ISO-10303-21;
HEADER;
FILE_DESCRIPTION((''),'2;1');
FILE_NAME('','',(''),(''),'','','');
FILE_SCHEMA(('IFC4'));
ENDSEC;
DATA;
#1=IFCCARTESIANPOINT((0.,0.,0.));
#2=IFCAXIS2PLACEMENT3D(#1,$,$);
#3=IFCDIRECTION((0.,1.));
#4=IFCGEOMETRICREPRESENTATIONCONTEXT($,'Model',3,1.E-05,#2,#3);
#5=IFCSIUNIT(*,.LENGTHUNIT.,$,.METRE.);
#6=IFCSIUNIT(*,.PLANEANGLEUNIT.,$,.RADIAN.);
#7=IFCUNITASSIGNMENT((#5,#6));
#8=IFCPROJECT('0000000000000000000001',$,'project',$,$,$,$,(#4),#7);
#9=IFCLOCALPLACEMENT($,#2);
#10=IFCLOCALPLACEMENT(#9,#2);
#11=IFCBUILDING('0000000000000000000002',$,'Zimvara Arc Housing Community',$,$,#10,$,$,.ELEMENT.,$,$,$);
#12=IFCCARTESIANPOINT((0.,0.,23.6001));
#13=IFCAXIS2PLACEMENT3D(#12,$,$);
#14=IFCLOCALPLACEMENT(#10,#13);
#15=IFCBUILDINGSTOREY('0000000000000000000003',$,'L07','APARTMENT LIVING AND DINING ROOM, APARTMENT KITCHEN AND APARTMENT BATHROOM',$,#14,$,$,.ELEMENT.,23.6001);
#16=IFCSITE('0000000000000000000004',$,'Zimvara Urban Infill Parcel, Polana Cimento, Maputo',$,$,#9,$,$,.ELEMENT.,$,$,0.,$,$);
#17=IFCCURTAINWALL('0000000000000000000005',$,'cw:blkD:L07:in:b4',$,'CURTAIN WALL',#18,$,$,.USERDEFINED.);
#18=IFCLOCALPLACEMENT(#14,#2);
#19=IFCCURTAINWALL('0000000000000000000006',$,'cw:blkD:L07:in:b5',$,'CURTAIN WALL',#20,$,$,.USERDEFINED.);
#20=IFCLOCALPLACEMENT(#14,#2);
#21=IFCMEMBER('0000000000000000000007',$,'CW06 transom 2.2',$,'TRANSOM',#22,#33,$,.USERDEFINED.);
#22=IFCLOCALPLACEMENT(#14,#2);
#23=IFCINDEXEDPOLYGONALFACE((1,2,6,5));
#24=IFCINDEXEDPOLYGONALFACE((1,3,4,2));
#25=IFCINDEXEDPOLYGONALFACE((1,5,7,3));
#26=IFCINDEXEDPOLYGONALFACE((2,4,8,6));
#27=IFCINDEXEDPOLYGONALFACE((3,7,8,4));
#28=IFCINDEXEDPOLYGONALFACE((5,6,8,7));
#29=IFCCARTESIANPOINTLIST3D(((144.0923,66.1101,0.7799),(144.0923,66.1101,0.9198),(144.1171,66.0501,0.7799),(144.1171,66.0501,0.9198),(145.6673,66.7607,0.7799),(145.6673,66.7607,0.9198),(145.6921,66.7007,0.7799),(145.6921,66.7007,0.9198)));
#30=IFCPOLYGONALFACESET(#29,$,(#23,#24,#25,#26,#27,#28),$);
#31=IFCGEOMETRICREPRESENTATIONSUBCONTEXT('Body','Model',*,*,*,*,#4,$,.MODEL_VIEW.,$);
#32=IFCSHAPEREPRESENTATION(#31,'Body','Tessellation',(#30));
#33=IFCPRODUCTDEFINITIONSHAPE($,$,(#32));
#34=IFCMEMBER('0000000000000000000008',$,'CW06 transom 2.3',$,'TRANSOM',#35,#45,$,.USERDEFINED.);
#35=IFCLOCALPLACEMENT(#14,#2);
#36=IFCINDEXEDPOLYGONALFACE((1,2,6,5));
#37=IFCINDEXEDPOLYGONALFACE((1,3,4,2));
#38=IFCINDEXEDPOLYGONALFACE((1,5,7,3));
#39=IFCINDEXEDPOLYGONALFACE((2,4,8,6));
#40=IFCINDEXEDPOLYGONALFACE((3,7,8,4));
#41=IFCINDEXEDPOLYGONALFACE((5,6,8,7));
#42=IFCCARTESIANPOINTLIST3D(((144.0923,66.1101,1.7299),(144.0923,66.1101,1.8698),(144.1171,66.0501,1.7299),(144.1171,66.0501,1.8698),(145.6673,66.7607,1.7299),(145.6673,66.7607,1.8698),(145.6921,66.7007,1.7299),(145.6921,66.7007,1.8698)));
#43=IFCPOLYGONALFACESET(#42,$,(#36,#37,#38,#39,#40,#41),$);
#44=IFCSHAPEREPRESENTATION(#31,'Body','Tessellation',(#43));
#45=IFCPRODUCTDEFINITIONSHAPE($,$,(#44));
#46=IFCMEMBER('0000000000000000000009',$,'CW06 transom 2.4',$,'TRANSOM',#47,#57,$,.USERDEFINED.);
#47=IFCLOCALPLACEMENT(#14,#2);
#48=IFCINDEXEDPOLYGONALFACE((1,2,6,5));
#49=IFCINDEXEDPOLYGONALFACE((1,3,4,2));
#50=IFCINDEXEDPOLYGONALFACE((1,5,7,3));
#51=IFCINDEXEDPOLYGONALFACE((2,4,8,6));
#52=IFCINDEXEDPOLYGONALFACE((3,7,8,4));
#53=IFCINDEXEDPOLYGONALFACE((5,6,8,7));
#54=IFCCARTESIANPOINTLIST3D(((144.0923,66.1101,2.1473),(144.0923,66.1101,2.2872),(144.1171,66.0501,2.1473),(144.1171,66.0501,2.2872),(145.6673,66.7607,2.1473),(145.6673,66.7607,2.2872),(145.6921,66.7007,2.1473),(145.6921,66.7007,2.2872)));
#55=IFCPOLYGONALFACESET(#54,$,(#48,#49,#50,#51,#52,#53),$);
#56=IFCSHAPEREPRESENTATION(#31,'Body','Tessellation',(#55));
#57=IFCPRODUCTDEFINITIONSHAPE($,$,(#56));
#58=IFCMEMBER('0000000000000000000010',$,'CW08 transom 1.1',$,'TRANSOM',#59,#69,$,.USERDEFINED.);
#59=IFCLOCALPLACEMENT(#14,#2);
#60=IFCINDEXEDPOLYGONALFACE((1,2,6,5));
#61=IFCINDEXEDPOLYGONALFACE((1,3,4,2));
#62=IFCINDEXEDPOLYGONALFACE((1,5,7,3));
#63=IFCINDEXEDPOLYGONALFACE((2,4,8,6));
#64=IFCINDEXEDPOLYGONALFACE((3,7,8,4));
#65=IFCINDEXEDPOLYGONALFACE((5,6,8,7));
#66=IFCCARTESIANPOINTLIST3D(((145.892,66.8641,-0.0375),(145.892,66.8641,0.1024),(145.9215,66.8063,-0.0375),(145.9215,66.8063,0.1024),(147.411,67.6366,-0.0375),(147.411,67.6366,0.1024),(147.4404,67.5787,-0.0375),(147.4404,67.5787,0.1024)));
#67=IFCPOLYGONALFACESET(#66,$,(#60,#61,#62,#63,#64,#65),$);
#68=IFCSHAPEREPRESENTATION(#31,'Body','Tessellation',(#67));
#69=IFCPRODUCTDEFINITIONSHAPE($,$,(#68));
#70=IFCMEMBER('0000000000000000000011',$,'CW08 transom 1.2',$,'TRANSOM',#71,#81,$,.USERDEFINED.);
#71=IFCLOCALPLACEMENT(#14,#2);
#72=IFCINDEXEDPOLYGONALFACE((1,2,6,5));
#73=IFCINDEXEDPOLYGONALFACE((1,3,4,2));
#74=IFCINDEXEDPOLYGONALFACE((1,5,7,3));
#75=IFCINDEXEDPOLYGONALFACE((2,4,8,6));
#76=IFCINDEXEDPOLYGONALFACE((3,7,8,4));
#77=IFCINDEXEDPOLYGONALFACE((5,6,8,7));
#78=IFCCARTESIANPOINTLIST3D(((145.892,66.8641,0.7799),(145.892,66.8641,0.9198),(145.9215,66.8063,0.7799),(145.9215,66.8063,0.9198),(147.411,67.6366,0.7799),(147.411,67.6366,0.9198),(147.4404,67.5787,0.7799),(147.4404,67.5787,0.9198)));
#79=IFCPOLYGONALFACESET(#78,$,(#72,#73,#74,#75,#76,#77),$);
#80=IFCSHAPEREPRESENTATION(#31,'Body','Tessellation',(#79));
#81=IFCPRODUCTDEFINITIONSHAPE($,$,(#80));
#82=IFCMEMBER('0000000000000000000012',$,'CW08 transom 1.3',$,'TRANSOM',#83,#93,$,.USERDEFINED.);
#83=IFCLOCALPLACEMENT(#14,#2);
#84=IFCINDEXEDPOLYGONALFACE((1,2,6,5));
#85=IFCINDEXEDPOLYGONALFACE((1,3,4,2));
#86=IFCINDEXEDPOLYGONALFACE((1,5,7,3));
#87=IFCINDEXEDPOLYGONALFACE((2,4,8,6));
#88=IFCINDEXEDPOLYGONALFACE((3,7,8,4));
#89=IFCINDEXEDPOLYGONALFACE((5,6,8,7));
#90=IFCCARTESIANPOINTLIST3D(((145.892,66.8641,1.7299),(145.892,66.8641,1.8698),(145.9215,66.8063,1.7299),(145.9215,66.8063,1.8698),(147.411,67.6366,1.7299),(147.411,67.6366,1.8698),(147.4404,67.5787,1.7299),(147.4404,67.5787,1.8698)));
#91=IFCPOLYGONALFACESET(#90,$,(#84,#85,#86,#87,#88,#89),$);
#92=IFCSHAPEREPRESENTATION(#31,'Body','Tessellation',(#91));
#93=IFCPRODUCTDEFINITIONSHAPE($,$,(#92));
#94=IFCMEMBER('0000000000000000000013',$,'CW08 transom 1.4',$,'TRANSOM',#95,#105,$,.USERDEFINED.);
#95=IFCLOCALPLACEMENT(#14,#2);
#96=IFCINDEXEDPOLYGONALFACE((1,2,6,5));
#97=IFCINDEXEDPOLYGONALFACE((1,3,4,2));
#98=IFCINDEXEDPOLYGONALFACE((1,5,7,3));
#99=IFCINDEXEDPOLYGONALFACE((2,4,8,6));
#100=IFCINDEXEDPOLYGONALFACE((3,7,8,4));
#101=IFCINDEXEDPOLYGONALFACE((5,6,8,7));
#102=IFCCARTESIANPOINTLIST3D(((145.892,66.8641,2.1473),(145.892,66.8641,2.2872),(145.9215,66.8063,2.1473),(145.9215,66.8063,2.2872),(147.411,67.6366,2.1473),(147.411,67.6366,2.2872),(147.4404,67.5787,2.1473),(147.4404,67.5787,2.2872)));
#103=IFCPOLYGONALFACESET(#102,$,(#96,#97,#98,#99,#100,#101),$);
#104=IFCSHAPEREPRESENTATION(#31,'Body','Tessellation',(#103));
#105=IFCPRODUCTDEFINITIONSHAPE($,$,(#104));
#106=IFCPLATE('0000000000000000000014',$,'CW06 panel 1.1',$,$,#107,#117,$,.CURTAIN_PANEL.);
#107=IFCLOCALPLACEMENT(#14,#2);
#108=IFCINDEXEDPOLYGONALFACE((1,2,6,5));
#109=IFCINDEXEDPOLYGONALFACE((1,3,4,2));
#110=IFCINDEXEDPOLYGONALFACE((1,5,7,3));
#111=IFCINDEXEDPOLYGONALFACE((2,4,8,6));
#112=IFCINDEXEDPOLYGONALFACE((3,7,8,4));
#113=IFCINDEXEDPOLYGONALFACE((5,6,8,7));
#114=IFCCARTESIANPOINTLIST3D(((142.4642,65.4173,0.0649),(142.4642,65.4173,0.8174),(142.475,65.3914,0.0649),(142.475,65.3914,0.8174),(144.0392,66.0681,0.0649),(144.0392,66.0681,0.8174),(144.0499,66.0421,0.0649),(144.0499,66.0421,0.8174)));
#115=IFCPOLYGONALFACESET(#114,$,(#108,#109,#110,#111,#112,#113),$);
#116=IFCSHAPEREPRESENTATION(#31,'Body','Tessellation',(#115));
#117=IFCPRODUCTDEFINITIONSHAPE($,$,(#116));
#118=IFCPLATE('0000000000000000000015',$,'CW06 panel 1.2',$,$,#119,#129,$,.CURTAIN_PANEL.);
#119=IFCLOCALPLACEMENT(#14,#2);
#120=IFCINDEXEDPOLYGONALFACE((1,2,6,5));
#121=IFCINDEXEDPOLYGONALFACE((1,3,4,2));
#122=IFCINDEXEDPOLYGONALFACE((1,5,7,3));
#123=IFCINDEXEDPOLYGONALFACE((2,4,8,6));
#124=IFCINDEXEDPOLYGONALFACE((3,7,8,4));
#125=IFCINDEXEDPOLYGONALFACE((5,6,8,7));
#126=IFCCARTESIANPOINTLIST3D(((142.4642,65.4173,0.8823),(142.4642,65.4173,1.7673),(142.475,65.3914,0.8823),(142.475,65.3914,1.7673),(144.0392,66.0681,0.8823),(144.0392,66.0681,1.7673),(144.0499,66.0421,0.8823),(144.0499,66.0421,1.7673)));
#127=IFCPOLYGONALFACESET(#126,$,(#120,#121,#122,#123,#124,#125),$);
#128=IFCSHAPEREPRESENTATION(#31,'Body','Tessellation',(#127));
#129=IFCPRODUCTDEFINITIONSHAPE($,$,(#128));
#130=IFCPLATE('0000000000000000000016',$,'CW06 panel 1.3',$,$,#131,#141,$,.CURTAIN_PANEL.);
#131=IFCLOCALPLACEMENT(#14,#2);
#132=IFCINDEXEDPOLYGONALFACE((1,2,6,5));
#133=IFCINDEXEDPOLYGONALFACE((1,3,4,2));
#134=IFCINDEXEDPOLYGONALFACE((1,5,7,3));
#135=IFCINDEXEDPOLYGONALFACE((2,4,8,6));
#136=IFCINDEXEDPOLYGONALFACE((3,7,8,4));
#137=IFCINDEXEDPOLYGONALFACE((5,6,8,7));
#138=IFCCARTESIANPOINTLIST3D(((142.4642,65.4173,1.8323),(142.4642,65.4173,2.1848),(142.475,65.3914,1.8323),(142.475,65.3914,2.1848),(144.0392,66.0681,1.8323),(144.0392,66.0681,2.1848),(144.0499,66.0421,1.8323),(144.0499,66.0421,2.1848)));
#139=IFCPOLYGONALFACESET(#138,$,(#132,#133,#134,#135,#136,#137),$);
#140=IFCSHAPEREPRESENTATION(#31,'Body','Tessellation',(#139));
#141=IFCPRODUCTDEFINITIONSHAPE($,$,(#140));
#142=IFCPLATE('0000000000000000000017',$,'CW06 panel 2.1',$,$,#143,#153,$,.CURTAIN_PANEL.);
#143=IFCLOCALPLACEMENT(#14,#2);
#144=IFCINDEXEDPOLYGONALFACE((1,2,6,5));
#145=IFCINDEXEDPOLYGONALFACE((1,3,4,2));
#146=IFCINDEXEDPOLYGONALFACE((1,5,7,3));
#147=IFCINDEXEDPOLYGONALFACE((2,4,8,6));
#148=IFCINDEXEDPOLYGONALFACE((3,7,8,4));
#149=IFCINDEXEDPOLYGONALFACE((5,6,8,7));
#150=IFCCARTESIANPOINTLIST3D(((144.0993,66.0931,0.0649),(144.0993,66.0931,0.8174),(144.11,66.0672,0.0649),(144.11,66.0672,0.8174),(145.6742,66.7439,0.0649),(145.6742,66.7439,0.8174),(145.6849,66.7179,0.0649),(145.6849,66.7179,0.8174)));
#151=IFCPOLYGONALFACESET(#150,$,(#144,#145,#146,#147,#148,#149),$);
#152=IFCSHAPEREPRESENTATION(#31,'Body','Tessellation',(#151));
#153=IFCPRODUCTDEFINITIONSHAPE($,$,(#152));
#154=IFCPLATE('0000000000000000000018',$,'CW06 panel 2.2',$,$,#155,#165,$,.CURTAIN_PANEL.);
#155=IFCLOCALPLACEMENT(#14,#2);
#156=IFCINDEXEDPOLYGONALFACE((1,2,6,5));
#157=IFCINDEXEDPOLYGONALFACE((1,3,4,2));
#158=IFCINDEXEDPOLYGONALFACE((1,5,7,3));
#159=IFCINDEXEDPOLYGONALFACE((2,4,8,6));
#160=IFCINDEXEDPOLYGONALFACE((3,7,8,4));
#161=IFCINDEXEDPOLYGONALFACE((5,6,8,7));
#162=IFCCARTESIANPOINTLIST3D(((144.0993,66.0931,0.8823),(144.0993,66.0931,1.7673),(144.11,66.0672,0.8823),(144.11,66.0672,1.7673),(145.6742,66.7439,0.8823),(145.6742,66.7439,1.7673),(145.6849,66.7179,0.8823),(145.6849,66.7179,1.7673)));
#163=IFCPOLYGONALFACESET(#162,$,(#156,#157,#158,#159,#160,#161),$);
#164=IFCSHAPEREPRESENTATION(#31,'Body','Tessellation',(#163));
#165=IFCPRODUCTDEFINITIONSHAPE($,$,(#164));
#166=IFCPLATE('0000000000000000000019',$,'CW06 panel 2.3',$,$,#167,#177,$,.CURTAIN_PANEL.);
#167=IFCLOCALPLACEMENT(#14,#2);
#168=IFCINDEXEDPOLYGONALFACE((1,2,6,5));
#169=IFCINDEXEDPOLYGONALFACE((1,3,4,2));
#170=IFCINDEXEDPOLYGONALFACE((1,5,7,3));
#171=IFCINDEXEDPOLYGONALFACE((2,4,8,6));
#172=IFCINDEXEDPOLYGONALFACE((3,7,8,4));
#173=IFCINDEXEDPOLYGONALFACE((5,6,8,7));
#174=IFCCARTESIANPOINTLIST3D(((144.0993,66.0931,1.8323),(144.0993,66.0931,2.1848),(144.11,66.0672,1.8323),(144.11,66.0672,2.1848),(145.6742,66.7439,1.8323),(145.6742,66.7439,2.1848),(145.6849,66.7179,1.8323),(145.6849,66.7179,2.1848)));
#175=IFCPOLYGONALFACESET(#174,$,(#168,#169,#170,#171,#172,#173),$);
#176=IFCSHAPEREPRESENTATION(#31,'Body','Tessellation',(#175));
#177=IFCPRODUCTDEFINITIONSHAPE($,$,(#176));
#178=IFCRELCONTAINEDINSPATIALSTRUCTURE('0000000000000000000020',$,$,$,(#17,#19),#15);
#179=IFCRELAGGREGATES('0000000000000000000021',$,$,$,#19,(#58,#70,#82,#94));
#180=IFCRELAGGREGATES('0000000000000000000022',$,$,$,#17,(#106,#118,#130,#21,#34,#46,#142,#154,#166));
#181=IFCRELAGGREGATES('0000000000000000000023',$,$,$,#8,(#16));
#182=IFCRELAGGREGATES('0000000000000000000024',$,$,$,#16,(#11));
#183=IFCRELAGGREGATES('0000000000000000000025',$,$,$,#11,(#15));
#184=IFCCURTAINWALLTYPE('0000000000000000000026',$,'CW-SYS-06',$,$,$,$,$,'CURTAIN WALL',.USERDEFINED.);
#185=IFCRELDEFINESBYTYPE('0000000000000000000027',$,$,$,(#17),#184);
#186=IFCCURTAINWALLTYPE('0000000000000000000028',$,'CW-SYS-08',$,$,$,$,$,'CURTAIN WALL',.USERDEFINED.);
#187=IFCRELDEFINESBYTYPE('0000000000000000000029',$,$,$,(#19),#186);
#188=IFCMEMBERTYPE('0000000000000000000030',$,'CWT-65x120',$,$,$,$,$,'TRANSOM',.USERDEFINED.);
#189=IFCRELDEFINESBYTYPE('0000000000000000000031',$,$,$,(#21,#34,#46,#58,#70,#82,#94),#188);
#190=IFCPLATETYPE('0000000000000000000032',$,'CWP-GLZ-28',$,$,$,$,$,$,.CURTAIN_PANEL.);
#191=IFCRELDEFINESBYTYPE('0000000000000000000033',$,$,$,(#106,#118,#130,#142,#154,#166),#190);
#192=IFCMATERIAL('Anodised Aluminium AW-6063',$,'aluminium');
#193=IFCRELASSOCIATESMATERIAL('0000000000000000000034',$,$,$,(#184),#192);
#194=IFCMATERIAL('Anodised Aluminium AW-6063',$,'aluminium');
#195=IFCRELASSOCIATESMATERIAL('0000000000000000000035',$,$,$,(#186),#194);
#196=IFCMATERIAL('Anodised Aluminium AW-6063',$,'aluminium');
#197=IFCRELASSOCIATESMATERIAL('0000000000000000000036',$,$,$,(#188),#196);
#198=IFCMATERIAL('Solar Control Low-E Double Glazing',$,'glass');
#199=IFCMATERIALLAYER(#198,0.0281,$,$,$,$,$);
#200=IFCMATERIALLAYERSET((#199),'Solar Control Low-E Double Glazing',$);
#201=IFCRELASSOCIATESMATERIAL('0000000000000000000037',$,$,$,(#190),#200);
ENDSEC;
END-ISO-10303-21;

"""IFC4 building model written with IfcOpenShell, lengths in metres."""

from ifc_helpers import new_model, si_unit, direction, frame, origin, origin_2d, place, context, subcontext, project, spatial, rectangle, extrude, material, layer, layer_set, material_profile, profile_set, type_object, element, aggregate, save


model = new_model("IFC4")

# Units and contexts
model_context = context("Model", 3, precision=1e-05, world=origin(), true_north=direction((0.0, 1.0)))
body_context = subcontext(model_context, "Body", "Model", "MODEL_VIEW")
ifc_project = project(units=[si_unit("LENGTHUNIT", "METRE"), si_unit("PLANEANGLEUNIT", "RADIAN")], contexts=[model_context])

# Site, building, storey
site_placement = place(None, origin())
site = spatial("IfcSite", under=ifc_project, at=site_placement, Name="Zimvara Urban Infill Parcel, Polana Cimento, Maputo", CompositionType="ELEMENT", RefElevation=0.0)
building_placement = place(site_placement, origin())
building = spatial("IfcBuilding", under=site, at=building_placement, Name="Zimvara Arc Housing Community", CompositionType="ELEMENT")
storey_placement = place(building_placement, frame((0.0, 0.0, 23.6001)))
storey = spatial("IfcBuildingStorey", under=building, at=storey_placement, Name="L07", Description="APARTMENT LIVING AND DINING ROOM, APARTMENT KITCHEN AND APARTMENT BATHROOM", CompositionType="ELEMENT", Elevation=23.6001)

# Curtain wall
ifc_material_1 = material(Name="Anodised Aluminium AW-6063", Category="aluminium")
curtain_wall_type_1 = type_object("IfcCurtainWallType", Name="CW-SYS-06", ElementType="CURTAIN WALL", PredefinedType="USERDEFINED", material=ifc_material_1)
curtain_wall_1_placement = place(storey_placement, origin())
curtain_wall_1 = element("IfcCurtainWall", 1, at=curtain_wall_1_placement, inside=storey, type_object=curtain_wall_type_1, Name="cw:blkD:L07:in:b4", ObjectType="CURTAIN WALL", PredefinedType="USERDEFINED")

# Curtain wall
ifc_material_2 = material(Name="Anodised Aluminium AW-6063", Category="aluminium")
curtain_wall_type_2 = type_object("IfcCurtainWallType", Name="CW-SYS-08", ElementType="CURTAIN WALL", PredefinedType="USERDEFINED", material=ifc_material_2)
curtain_wall_2_placement = place(storey_placement, origin())
curtain_wall_2 = element("IfcCurtainWall", 2, at=curtain_wall_2_placement, inside=storey, type_object=curtain_wall_type_2, Name="cw:blkD:L07:in:b5", ObjectType="CURTAIN WALL", PredefinedType="USERDEFINED")

# Members
ifc_material_3 = material(Name="Anodised Aluminium AW-6063", Category="aluminium")
ifc_material_profile_1 = material_profile(ifc_material_3, rectangle(XDim=0.0649, YDim=0.1399, at=origin_2d()), Name="ALU 65x140")
ifc_profile_set_1 = profile_set([ifc_material_profile_1], Name="Anodised Aluminium AW-6063")
member_type_1 = type_object("IfcMemberType", Name="CWT-65x120", ElementType="TRANSOM", PredefinedType="USERDEFINED", material=ifc_profile_set_1)
member_1_placement = place(storey_placement, frame((144.1047, 66.0801, 0.8499), z_axis=(0.924238, 0.381816, 0.0), x_axis=(-0.381816, 0.924238, 0.0)))
member_1 = element("IfcMember", 3, at=member_1_placement, type_object=member_type_1, Name="CW06 transom 2.2", ObjectType="TRANSOM", PredefinedType="USERDEFINED", context=body_context, shape_type="SweptSolid", body=[
    extrude(rectangle(XDim=0.0649, YDim=0.1399, at=origin_2d()), origin(), (0.0, 0.0, 1.0), 1.7041),
])
member_2_placement = place(storey_placement, frame((144.1047, 66.0801, 1.7998), z_axis=(0.924238, 0.381816, 0.0), x_axis=(-0.381816, 0.924238, 0.0)))
member_2 = element("IfcMember", 4, at=member_2_placement, type_object=member_type_1, Name="CW06 transom 2.3", ObjectType="TRANSOM", PredefinedType="USERDEFINED", context=body_context, shape_type="SweptSolid", body=[
    extrude(rectangle(XDim=0.0649, YDim=0.1399, at=origin_2d()), origin(), (0.0, 0.0, 1.0), 1.7041),
])
member_3_placement = place(storey_placement, frame((144.1047, 66.0801, 2.2173), z_axis=(0.924238, 0.381816, 0.0), x_axis=(-0.381816, 0.924238, 0.0)))
member_3 = element("IfcMember", 5, at=member_3_placement, type_object=member_type_1, Name="CW06 transom 2.4", ObjectType="TRANSOM", PredefinedType="USERDEFINED", context=body_context, shape_type="SweptSolid", body=[
    extrude(rectangle(XDim=0.0649, YDim=0.1399, at=origin_2d()), origin(), (0.0, 0.0, 1.0), 1.7041),
])
member_4_placement = place(storey_placement, frame((145.9067, 66.8352, 0.0325), z_axis=(0.891369, 0.453278, 0.0), x_axis=(-0.453278, 0.891369, 0.0)))
member_4 = element("IfcMember", 6, at=member_4_placement, type_object=member_type_1, Name="CW08 transom 1.1", ObjectType="TRANSOM", PredefinedType="USERDEFINED", context=body_context, shape_type="SweptSolid", body=[
    extrude(rectangle(XDim=0.0649, YDim=0.1399, at=origin_2d()), origin(), (0.0, 0.0, 1.0), 1.7041),
])
member_5_placement = place(storey_placement, frame((145.9067, 66.8352, 0.8499), z_axis=(0.891369, 0.453278, 0.0), x_axis=(-0.453278, 0.891369, 0.0)))
member_5 = element("IfcMember", 7, at=member_5_placement, type_object=member_type_1, Name="CW08 transom 1.2", ObjectType="TRANSOM", PredefinedType="USERDEFINED", context=body_context, shape_type="SweptSolid", body=[
    extrude(rectangle(XDim=0.0649, YDim=0.1399, at=origin_2d()), origin(), (0.0, 0.0, 1.0), 1.7041),
])
member_6_placement = place(storey_placement, frame((145.9067, 66.8352, 1.7998), z_axis=(0.891369, 0.453278, 0.0), x_axis=(-0.453278, 0.891369, 0.0)))
member_6 = element("IfcMember", 8, at=member_6_placement, type_object=member_type_1, Name="CW08 transom 1.3", ObjectType="TRANSOM", PredefinedType="USERDEFINED", context=body_context, shape_type="SweptSolid", body=[
    extrude(rectangle(XDim=0.0649, YDim=0.1399, at=origin_2d()), origin(), (0.0, 0.0, 1.0), 1.7041),
])
member_7_placement = place(storey_placement, frame((145.9067, 66.8352, 2.2173), z_axis=(0.891369, 0.453278, 0.0), x_axis=(-0.453278, 0.891369, 0.0)))
member_7 = element("IfcMember", 9, at=member_7_placement, type_object=member_type_1, Name="CW08 transom 1.4", ObjectType="TRANSOM", PredefinedType="USERDEFINED", context=body_context, shape_type="SweptSolid", body=[
    extrude(rectangle(XDim=0.0649, YDim=0.1399, at=origin_2d()), origin(), (0.0, 0.0, 1.0), 1.7041),
])
aggregate(curtain_wall_2, [member_4, member_5, member_6, member_7])

# Plates
ifc_material_4 = material(Name="Solar Control Low-E Double Glazing", Category="glass")
ifc_layer_1 = layer(ifc_material_4, 0.0281)
ifc_layer_set_1 = layer_set([ifc_layer_1], Name="Solar Control Low-E Double Glazing")
plate_type = type_object("IfcPlateType", Name="CWP-GLZ-28", PredefinedType="CURTAIN_PANEL", material=ifc_layer_set_1)
plate_1_placement = place(storey_placement, frame((143.2571, 65.7297, 0.0649), z_axis=(0.0, 0.0, 1.0), x_axis=(0.924213, 0.381878, 0.0)))
plate_1 = element("IfcPlate", 10, at=plate_1_placement, type_object=plate_type, Name="CW06 panel 1.1", PredefinedType="CURTAIN_PANEL", context=body_context, shape_type="SweptSolid", body=[
    extrude(rectangle(XDim=1.7041, YDim=0.0281, at=origin_2d()), origin(), (0.0, 0.0, 1.0), 0.7524),
])
plate_2_placement = place(storey_placement, frame((143.2571, 65.7297, 0.8823), z_axis=(0.0, 0.0, 1.0), x_axis=(0.924213, 0.381878, 0.0)))
plate_2 = element("IfcPlate", 11, at=plate_2_placement, type_object=plate_type, Name="CW06 panel 1.2", PredefinedType="CURTAIN_PANEL", context=body_context, shape_type="SweptSolid", body=[
    extrude(rectangle(XDim=1.7041, YDim=0.0281, at=origin_2d()), origin(), (0.0, 0.0, 1.0), 0.885),
])
plate_3_placement = place(storey_placement, frame((143.2571, 65.7297, 1.8323), z_axis=(0.0, 0.0, 1.0), x_axis=(0.924213, 0.381878, 0.0)))
plate_3 = element("IfcPlate", 12, at=plate_3_placement, type_object=plate_type, Name="CW06 panel 1.3", PredefinedType="CURTAIN_PANEL", context=body_context, shape_type="SweptSolid", body=[
    extrude(rectangle(XDim=1.7041, YDim=0.0281, at=origin_2d()), origin(), (0.0, 0.0, 1.0), 0.3525),
])
plate_4_placement = place(storey_placement, frame((144.8921, 66.4055, 0.0649), z_axis=(0.0, 0.0, 1.0), x_axis=(0.924213, 0.381878, 0.0)))
plate_4 = element("IfcPlate", 13, at=plate_4_placement, type_object=plate_type, Name="CW06 panel 2.1", PredefinedType="CURTAIN_PANEL", context=body_context, shape_type="SweptSolid", body=[
    extrude(rectangle(XDim=1.7041, YDim=0.0281, at=origin_2d()), origin(), (0.0, 0.0, 1.0), 0.7524),
])
plate_5_placement = place(storey_placement, frame((144.8921, 66.4055, 0.8823), z_axis=(0.0, 0.0, 1.0), x_axis=(0.924213, 0.381878, 0.0)))
plate_5 = element("IfcPlate", 14, at=plate_5_placement, type_object=plate_type, Name="CW06 panel 2.2", PredefinedType="CURTAIN_PANEL", context=body_context, shape_type="SweptSolid", body=[
    extrude(rectangle(XDim=1.7041, YDim=0.0281, at=origin_2d()), origin(), (0.0, 0.0, 1.0), 0.885),
])
plate_6_placement = place(storey_placement, frame((144.8921, 66.4055, 1.8323), z_axis=(0.0, 0.0, 1.0), x_axis=(0.924213, 0.381878, 0.0)))
plate_6 = element("IfcPlate", 15, at=plate_6_placement, type_object=plate_type, Name="CW06 panel 2.3", PredefinedType="CURTAIN_PANEL", context=body_context, shape_type="SweptSolid", body=[
    extrude(rectangle(XDim=1.7041, YDim=0.0281, at=origin_2d()), origin(), (0.0, 0.0, 1.0), 0.3525),
])
aggregate(curtain_wall_1, [plate_1, plate_2, plate_3, member_1, member_2, member_3, plate_4, plate_5, plate_6])

save(model, "model.ifc")
